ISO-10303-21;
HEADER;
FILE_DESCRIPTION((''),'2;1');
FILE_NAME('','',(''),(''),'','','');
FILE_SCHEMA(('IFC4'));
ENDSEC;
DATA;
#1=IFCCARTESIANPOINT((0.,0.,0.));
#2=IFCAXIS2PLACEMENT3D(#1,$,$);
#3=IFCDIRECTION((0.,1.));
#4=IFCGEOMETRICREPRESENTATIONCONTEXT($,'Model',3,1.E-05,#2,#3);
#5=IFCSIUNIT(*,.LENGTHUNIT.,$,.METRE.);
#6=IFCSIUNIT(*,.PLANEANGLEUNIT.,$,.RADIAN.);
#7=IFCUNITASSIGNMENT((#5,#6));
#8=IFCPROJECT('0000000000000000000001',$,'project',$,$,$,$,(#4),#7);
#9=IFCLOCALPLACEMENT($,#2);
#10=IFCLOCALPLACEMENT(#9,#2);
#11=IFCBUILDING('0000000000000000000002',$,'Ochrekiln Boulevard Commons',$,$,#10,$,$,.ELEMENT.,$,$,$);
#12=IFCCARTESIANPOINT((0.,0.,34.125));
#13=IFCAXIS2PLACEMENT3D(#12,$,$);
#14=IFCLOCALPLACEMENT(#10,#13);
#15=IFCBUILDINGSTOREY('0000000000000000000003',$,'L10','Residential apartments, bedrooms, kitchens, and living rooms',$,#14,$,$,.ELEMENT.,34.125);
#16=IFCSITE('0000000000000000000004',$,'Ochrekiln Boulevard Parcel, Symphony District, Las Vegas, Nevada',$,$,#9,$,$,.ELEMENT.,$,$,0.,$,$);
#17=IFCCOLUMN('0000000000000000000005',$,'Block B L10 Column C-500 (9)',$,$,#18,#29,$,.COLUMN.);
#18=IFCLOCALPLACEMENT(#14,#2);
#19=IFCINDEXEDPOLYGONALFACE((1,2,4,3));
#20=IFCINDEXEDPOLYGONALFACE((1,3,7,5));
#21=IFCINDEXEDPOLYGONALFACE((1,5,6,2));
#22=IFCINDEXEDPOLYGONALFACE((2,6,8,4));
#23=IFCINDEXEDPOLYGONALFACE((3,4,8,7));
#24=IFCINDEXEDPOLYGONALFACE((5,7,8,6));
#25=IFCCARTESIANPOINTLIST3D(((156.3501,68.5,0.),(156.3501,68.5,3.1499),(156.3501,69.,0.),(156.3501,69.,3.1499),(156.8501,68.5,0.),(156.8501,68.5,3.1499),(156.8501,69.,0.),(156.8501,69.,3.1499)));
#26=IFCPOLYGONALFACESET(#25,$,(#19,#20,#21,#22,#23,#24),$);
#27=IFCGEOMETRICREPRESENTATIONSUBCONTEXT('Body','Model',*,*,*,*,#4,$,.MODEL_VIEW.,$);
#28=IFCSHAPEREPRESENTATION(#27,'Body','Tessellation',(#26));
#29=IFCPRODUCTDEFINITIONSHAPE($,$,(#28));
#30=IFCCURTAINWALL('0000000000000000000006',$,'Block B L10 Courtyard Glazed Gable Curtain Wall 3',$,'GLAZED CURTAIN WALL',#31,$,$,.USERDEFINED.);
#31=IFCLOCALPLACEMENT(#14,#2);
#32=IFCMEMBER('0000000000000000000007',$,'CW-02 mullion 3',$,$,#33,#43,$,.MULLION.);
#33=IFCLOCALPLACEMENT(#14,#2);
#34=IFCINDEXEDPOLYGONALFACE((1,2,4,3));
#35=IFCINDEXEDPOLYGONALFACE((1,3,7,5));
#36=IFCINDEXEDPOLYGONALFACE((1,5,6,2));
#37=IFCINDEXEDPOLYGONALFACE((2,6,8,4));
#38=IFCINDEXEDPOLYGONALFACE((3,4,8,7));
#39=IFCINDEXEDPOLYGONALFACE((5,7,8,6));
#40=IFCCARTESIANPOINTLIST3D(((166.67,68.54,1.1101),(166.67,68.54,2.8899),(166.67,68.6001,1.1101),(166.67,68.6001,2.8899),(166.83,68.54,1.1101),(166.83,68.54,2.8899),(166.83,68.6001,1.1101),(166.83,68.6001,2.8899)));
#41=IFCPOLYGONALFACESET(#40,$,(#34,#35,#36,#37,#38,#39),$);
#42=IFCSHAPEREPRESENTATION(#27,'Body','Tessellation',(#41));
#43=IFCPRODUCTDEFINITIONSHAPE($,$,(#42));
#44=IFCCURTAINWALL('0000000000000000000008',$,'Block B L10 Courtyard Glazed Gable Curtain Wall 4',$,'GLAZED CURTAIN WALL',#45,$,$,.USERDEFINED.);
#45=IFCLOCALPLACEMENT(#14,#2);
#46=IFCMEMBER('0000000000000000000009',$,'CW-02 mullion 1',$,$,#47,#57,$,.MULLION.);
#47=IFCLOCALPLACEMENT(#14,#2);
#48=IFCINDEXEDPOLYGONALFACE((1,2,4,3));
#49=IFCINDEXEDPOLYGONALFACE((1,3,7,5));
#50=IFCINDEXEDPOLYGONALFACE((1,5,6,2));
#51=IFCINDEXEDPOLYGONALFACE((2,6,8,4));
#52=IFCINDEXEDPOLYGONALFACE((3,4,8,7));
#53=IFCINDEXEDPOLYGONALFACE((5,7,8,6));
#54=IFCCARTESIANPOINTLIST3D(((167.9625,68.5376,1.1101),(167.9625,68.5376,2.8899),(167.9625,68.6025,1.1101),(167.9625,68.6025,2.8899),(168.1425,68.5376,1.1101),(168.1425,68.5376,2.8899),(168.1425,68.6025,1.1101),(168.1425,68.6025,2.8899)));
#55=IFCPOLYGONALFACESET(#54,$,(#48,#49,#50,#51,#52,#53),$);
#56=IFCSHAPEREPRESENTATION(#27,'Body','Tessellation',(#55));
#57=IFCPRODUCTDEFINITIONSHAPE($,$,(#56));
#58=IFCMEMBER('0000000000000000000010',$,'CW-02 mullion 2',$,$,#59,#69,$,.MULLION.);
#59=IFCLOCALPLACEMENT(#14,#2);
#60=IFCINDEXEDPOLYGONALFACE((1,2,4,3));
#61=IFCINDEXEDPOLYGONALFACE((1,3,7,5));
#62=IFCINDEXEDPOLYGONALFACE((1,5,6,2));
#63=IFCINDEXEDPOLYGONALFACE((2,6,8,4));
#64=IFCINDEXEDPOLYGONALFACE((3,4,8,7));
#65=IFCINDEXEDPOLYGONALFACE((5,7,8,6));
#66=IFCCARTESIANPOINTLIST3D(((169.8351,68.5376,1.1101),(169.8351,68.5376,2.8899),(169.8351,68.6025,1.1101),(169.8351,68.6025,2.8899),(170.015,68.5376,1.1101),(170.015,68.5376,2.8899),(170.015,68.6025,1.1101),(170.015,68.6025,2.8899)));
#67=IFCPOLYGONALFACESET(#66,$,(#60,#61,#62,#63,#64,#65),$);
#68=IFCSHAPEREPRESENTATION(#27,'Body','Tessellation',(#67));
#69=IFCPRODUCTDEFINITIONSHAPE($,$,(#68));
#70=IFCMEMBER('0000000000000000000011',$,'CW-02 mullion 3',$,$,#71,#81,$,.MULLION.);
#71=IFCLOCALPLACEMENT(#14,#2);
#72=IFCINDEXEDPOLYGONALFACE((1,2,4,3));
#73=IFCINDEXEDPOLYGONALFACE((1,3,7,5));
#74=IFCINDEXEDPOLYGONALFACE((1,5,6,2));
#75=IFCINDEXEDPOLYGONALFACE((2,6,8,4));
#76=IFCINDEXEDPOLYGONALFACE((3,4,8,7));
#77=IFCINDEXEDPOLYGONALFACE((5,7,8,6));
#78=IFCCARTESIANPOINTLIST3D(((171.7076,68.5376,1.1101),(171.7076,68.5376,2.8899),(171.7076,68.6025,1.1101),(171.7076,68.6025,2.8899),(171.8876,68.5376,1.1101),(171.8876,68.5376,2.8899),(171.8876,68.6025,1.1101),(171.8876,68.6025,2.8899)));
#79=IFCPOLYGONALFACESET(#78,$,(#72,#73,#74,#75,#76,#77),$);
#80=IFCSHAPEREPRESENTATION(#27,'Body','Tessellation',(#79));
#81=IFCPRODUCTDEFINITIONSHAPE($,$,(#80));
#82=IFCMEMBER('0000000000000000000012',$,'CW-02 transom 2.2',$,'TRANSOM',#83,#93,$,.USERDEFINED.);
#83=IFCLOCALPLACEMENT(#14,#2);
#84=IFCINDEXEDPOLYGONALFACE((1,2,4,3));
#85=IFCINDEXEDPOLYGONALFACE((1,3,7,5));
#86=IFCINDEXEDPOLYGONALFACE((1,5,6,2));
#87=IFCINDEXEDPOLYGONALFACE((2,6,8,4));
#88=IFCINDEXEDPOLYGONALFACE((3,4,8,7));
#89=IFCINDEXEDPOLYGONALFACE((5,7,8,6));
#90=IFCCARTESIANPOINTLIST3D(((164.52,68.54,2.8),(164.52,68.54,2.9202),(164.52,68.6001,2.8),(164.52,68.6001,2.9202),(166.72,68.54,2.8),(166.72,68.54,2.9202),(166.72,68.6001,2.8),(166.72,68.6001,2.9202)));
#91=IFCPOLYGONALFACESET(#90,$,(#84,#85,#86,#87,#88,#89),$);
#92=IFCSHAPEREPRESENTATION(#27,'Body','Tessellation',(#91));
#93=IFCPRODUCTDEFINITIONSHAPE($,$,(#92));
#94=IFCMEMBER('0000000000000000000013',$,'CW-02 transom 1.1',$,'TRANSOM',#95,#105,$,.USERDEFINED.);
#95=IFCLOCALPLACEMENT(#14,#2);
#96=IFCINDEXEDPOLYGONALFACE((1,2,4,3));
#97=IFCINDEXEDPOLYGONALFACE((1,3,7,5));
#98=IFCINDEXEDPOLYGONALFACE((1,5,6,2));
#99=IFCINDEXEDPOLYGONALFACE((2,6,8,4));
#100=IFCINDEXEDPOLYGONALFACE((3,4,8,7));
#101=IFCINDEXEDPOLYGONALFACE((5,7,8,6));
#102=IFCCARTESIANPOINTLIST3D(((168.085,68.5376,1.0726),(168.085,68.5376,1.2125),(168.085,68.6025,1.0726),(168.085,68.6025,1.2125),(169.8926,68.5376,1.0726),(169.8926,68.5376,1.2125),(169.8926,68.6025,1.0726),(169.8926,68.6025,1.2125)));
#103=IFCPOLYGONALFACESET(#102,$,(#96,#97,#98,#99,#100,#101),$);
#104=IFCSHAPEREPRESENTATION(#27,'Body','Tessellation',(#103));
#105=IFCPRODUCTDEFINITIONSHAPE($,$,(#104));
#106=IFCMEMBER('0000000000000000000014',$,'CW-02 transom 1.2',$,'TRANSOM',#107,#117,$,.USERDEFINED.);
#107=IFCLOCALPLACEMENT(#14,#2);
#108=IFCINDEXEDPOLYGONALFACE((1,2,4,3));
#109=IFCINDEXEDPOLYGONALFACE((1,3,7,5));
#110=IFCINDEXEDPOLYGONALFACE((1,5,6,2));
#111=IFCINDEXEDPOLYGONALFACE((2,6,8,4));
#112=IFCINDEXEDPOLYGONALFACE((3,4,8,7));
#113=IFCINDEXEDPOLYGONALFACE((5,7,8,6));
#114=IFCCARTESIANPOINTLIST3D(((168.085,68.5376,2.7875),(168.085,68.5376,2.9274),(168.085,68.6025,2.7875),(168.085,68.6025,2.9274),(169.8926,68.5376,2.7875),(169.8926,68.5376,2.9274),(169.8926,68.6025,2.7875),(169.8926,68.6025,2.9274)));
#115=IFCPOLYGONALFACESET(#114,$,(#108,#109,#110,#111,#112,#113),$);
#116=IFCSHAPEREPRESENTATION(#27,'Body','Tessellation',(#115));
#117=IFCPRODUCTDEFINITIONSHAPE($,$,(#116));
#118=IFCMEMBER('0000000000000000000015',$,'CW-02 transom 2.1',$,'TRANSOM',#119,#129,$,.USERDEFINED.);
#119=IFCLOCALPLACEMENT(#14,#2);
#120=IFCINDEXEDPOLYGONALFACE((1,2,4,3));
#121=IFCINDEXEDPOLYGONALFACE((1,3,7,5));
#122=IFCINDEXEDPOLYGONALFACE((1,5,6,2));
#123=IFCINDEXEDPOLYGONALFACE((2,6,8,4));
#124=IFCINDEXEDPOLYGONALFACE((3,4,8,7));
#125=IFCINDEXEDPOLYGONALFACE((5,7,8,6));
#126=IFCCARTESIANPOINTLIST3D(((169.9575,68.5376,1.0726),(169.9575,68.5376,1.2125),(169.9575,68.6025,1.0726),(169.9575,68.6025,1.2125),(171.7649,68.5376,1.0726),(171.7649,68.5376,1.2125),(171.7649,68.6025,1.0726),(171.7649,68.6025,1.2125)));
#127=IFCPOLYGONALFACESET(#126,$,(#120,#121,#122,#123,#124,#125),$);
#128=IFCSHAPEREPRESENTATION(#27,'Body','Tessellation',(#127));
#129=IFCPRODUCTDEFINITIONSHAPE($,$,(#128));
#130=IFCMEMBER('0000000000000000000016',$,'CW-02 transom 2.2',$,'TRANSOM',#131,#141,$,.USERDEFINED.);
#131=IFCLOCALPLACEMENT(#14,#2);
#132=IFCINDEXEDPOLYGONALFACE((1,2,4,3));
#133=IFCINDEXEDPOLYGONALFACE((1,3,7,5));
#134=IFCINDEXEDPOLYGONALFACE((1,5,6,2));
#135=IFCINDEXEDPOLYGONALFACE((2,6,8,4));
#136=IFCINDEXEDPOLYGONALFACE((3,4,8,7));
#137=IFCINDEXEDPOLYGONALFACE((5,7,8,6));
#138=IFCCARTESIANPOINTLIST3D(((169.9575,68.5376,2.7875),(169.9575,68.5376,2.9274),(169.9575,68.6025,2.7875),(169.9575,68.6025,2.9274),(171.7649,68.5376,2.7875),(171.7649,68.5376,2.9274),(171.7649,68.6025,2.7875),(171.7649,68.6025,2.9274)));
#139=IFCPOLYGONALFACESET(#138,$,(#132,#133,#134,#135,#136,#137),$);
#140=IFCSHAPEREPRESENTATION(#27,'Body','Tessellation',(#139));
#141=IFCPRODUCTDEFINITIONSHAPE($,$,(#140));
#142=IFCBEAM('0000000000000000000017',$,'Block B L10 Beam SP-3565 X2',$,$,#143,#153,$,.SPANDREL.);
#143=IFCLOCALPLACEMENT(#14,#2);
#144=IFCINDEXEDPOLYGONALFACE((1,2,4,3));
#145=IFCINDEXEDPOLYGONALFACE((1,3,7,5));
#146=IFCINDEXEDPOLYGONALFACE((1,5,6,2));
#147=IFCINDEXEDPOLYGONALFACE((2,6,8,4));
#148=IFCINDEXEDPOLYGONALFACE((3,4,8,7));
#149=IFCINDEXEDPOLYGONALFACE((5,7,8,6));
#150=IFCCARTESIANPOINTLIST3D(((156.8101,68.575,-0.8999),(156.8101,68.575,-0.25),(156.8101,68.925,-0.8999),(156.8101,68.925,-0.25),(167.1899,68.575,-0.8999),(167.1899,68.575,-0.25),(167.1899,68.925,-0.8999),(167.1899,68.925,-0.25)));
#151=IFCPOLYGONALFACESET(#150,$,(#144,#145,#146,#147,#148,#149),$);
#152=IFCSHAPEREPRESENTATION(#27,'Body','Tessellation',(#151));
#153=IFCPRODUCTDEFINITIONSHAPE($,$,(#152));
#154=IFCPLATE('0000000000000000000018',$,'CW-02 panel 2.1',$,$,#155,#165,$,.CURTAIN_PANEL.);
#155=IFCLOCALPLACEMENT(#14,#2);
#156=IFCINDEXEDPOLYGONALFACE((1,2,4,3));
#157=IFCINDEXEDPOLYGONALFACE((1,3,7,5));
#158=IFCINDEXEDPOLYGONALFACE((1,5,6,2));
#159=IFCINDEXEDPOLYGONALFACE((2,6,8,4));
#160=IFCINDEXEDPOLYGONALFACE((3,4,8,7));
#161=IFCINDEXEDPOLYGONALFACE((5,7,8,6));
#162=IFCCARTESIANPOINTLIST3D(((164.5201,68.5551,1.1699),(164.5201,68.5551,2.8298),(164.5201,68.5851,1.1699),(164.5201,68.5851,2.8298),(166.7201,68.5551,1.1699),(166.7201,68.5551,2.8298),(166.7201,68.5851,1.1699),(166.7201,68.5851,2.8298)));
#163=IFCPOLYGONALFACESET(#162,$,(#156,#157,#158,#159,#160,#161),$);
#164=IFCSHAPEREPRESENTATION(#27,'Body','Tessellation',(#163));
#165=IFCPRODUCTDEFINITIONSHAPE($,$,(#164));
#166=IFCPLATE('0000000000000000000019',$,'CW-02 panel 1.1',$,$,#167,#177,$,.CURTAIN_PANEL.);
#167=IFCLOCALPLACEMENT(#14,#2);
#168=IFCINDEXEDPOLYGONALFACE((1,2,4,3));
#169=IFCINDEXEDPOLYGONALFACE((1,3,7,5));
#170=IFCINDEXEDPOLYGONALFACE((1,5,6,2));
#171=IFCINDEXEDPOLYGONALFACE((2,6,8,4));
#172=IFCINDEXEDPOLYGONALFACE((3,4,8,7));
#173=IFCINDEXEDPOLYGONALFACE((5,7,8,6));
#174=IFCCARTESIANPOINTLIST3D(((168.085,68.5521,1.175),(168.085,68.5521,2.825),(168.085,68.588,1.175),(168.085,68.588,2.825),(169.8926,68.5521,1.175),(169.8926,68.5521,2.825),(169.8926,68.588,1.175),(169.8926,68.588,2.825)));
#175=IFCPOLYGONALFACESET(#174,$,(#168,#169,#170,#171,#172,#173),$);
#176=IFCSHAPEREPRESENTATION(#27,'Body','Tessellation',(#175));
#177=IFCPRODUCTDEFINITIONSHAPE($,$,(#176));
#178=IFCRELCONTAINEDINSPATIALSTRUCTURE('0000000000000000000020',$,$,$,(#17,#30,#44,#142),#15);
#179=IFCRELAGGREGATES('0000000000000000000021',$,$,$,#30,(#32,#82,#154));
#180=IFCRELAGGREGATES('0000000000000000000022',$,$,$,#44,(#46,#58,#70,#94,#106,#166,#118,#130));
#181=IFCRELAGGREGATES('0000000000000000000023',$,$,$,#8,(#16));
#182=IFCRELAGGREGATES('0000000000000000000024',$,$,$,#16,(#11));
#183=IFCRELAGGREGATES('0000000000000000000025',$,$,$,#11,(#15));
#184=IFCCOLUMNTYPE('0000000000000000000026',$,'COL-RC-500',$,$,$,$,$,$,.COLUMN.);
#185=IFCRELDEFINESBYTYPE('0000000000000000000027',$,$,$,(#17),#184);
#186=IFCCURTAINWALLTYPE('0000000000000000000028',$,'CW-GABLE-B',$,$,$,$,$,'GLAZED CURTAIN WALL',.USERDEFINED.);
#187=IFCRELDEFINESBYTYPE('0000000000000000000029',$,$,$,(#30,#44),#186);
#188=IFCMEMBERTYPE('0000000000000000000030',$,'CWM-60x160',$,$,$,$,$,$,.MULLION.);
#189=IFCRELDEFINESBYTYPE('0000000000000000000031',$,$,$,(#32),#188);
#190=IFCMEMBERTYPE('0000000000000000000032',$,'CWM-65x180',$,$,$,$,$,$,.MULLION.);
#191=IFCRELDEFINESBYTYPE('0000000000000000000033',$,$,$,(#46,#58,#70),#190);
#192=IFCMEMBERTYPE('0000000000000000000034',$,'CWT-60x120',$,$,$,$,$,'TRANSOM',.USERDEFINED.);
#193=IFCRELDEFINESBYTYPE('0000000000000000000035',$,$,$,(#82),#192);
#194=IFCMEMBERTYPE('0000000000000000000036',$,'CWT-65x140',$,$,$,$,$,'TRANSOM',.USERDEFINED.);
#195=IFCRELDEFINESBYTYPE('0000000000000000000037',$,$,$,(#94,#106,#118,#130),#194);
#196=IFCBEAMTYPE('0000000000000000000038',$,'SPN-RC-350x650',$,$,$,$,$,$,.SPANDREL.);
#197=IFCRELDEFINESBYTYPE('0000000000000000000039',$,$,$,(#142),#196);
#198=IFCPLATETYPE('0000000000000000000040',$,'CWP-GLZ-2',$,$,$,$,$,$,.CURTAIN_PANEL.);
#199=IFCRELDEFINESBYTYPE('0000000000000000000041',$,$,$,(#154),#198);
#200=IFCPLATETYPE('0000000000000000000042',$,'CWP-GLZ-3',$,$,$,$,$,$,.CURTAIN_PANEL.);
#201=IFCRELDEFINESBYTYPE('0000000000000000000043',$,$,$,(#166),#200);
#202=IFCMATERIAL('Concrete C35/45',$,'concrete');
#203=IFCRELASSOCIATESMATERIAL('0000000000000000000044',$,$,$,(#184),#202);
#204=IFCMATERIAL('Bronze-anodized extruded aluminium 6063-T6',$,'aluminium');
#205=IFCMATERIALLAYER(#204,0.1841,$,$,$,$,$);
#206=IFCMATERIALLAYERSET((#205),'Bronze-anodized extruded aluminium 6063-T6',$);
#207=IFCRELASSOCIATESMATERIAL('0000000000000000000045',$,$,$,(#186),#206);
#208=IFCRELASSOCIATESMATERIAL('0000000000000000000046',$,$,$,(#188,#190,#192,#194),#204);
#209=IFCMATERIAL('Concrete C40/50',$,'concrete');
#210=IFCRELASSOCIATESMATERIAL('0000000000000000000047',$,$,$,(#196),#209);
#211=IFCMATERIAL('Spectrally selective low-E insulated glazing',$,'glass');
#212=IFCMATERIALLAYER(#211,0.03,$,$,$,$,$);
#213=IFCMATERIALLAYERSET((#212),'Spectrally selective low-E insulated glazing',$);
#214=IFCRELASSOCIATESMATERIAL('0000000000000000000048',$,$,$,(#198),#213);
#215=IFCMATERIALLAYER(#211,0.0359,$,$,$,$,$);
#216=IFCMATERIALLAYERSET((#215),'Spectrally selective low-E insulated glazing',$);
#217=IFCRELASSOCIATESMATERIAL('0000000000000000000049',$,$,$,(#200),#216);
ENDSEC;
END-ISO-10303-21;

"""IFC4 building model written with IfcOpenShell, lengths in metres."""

from ifc_helpers import new_model, si_unit, direction, frame, origin, origin_2d, place, context, subcontext, project, spatial, rectangle, extrude, material, layer, layer_set, material_profile, profile_set, type_object, element, aggregate, save


model = new_model("IFC4")

# Units and contexts
model_context = context("Model", 3, precision=1e-05, world=origin(), true_north=direction((0.0, 1.0)))
body_context = subcontext(model_context, "Body", "Model", "MODEL_VIEW")
ifc_project = project(units=[si_unit("LENGTHUNIT", "METRE"), si_unit("PLANEANGLEUNIT", "RADIAN")], contexts=[model_context])

# Site, building, storey
site_placement = place(None, origin())
site = spatial("IfcSite", under=ifc_project, at=site_placement, Name="Ochrekiln Boulevard Parcel, Symphony District, Las Vegas, Nevada", CompositionType="ELEMENT", RefElevation=0.0)
building_placement = place(site_placement, origin())
building = spatial("IfcBuilding", under=site, at=building_placement, Name="Ochrekiln Boulevard Commons", CompositionType="ELEMENT")
storey_placement = place(building_placement, frame((0.0, 0.0, 34.125)))
storey = spatial("IfcBuildingStorey", under=building, at=storey_placement, Name="L10", Description="Residential apartments, bedrooms, kitchens, and living rooms", CompositionType="ELEMENT", Elevation=34.125)

# Column
ifc_material_1 = material(Name="Concrete C35/45", Category="concrete")
ifc_material_profile_1 = material_profile(ifc_material_1, rectangle(XDim=0.5, YDim=0.5, at=origin_2d()), Name="RC-COL-500x500")
ifc_profile_set_1 = profile_set([ifc_material_profile_1], Name="Concrete C35/45")
column_type = type_object("IfcColumnType", Name="COL-RC-500", PredefinedType="COLUMN", material=ifc_profile_set_1)
column_placement = place(storey_placement, frame((156.6001, 68.75, 0.0), z_axis=(0.0, 0.0, 1.0), x_axis=(1.0, 0.0, 0.0)))
element("IfcColumn", 1, at=column_placement, inside=storey, type_object=column_type, Name="Block B L10 Column C-500 (9)", PredefinedType="COLUMN", context=body_context, shape_type="SweptSolid", body=[
    extrude(rectangle(XDim=0.5, YDim=0.5, at=origin_2d()), origin(), (0.0, 0.0, 1.0), 3.1499),
])

# Curtain wall, member
ifc_material_2 = material(Name="Bronze-anodized extruded aluminium 6063-T6", Category="aluminium")
ifc_layer_1 = layer(ifc_material_2, 0.1841)
ifc_layer_set_1 = layer_set([ifc_layer_1], Name="Bronze-anodized extruded aluminium 6063-T6")
curtain_wall_type = type_object("IfcCurtainWallType", Name="CW-GABLE-B", ElementType="GLAZED CURTAIN WALL", PredefinedType="USERDEFINED", material=ifc_layer_set_1)
curtain_wall_1_placement = place(storey_placement, origin())
curtain_wall_1 = element("IfcCurtainWall", 2, at=curtain_wall_1_placement, inside=storey, type_object=curtain_wall_type, Name="Block B L10 Courtyard Glazed Gable Curtain Wall 3", ObjectType="GLAZED CURTAIN WALL", PredefinedType="USERDEFINED")
ifc_material_profile_2 = material_profile(ifc_material_2, rectangle(XDim=0.0601, YDim=0.1599, at=origin_2d()), Name="ALU-MUL-60x160")
ifc_profile_set_2 = profile_set([ifc_material_profile_2], Name="Bronze-anodized extruded aluminium 6063-T6")
member_type_1 = type_object("IfcMemberType", Name="CWM-60x160", PredefinedType="MULLION", material=ifc_profile_set_2)
member_1_placement = place(storey_placement, frame((166.75, 68.5701, 1.1101), z_axis=(0.0, 0.0, 1.0), x_axis=(0.0, 1.0, 0.0)))
member_1 = element("IfcMember", 3, at=member_1_placement, type_object=member_type_1, Name="CW-02 mullion 3", PredefinedType="MULLION", context=body_context, shape_type="SweptSolid", body=[
    extrude(rectangle(XDim=0.0601, YDim=0.1599, at=origin_2d()), origin(), (0.0, 0.0, 1.0), 1.7798),
])

# Curtain wall, members
curtain_wall_2_placement = place(storey_placement, origin())
curtain_wall_2 = element("IfcCurtainWall", 4, at=curtain_wall_2_placement, inside=storey, type_object=curtain_wall_type, Name="Block B L10 Courtyard Glazed Gable Curtain Wall 4", ObjectType="GLAZED CURTAIN WALL", PredefinedType="USERDEFINED")
ifc_material_profile_3 = material_profile(ifc_material_2, rectangle(XDim=0.0649, YDim=0.1799, at=origin_2d()), Name="ALU-MUL-65x180")
ifc_profile_set_3 = profile_set([ifc_material_profile_3], Name="Bronze-anodized extruded aluminium 6063-T6")
member_type_2 = type_object("IfcMemberType", Name="CWM-65x180", PredefinedType="MULLION", material=ifc_profile_set_3)
member_2_placement = place(storey_placement, frame((168.0525, 68.5701, 1.1101), z_axis=(0.0, 0.0, 1.0), x_axis=(0.0, 1.0, 0.0)))
member_2 = element("IfcMember", 5, at=member_2_placement, type_object=member_type_2, Name="CW-02 mullion 1", PredefinedType="MULLION", context=body_context, shape_type="SweptSolid", body=[
    extrude(rectangle(XDim=0.0649, YDim=0.1799, at=origin_2d()), origin(), (0.0, 0.0, 1.0), 1.7798),
])
member_3_placement = place(storey_placement, frame((169.925, 68.5701, 1.1101), z_axis=(0.0, 0.0, 1.0), x_axis=(0.0, 1.0, 0.0)))
member_3 = element("IfcMember", 6, at=member_3_placement, type_object=member_type_2, Name="CW-02 mullion 2", PredefinedType="MULLION", context=body_context, shape_type="SweptSolid", body=[
    extrude(rectangle(XDim=0.0649, YDim=0.1799, at=origin_2d()), origin(), (0.0, 0.0, 1.0), 1.7798),
])
member_4_placement = place(storey_placement, frame((171.7976, 68.5701, 1.1101), z_axis=(0.0, 0.0, 1.0), x_axis=(0.0, 1.0, 0.0)))
member_4 = element("IfcMember", 7, at=member_4_placement, type_object=member_type_2, Name="CW-02 mullion 3", PredefinedType="MULLION", context=body_context, shape_type="SweptSolid", body=[
    extrude(rectangle(XDim=0.0649, YDim=0.1799, at=origin_2d()), origin(), (0.0, 0.0, 1.0), 1.7798),
])

# Members
ifc_material_profile_4 = material_profile(ifc_material_2, rectangle(XDim=0.0601, YDim=0.1201, at=origin_2d()), Name="ALU-TRN-60x120")
ifc_profile_set_4 = profile_set([ifc_material_profile_4], Name="Bronze-anodized extruded aluminium 6063-T6")
member_type_3 = type_object("IfcMemberType", Name="CWT-60x120", ElementType="TRANSOM", PredefinedType="USERDEFINED", material=ifc_profile_set_4)
member_5_placement = place(storey_placement, frame((164.52, 68.5701, 2.8601), z_axis=(1.0, 0.0, 0.0), x_axis=(0.0, 1.0, 0.0)))
member_5 = element("IfcMember", 8, at=member_5_placement, type_object=member_type_3, Name="CW-02 transom 2.2", ObjectType="TRANSOM", PredefinedType="USERDEFINED", context=body_context, shape_type="SweptSolid", body=[
    extrude(rectangle(XDim=0.0601, YDim=0.1201, at=origin_2d()), origin(), (0.0, 0.0, 1.0), 2.2),
])
ifc_material_profile_5 = material_profile(ifc_material_2, rectangle(XDim=0.0649, YDim=0.1399, at=origin_2d()), Name="ALU-TRN-65x140")
ifc_profile_set_5 = profile_set([ifc_material_profile_5], Name="Bronze-anodized extruded aluminium 6063-T6")
member_type_4 = type_object("IfcMemberType", Name="CWT-65x140", ElementType="TRANSOM", PredefinedType="USERDEFINED", material=ifc_profile_set_5)
member_6_placement = place(storey_placement, frame((168.085, 68.5701, 1.1426), z_axis=(1.0, 0.0, 0.0), x_axis=(0.0, 1.0, 0.0)))
member_6 = element("IfcMember", 9, at=member_6_placement, type_object=member_type_4, Name="CW-02 transom 1.1", ObjectType="TRANSOM", PredefinedType="USERDEFINED", context=body_context, shape_type="SweptSolid", body=[
    extrude(rectangle(XDim=0.0649, YDim=0.1399, at=origin_2d()), origin(), (0.0, 0.0, 1.0), 1.8076),
])
member_7_placement = place(storey_placement, frame((168.085, 68.5701, 2.8574), z_axis=(1.0, 0.0, 0.0), x_axis=(0.0, 1.0, 0.0)))
member_7 = element("IfcMember", 10, at=member_7_placement, type_object=member_type_4, Name="CW-02 transom 1.2", ObjectType="TRANSOM", PredefinedType="USERDEFINED", context=body_context, shape_type="SweptSolid", body=[
    extrude(rectangle(XDim=0.0649, YDim=0.1399, at=origin_2d()), origin(), (0.0, 0.0, 1.0), 1.8076),
])
member_8_placement = place(storey_placement, frame((169.9575, 68.5701, 1.1426), z_axis=(1.0, 0.0, 0.0), x_axis=(0.0, 1.0, 0.0)))
member_8 = element("IfcMember", 11, at=member_8_placement, type_object=member_type_4, Name="CW-02 transom 2.1", ObjectType="TRANSOM", PredefinedType="USERDEFINED", context=body_context, shape_type="SweptSolid", body=[
    extrude(rectangle(XDim=0.0649, YDim=0.1399, at=origin_2d()), origin(), (0.0, 0.0, 1.0), 1.8074),
])
member_9_placement = place(storey_placement, frame((169.9575, 68.5701, 2.8574), z_axis=(1.0, 0.0, 0.0), x_axis=(0.0, 1.0, 0.0)))
member_9 = element("IfcMember", 12, at=member_9_placement, type_object=member_type_4, Name="CW-02 transom 2.2", ObjectType="TRANSOM", PredefinedType="USERDEFINED", context=body_context, shape_type="SweptSolid", body=[
    extrude(rectangle(XDim=0.0649, YDim=0.1399, at=origin_2d()), origin(), (0.0, 0.0, 1.0), 1.8074),
])

# Beam
ifc_material_3 = material(Name="Concrete C40/50", Category="concrete")
ifc_material_profile_6 = material_profile(ifc_material_3, rectangle(XDim=0.3501, YDim=0.6499, at=origin_2d()), Name="RC-SPN-350x650")
ifc_profile_set_6 = profile_set([ifc_material_profile_6], Name="Concrete C40/50")
beam_type = type_object("IfcBeamType", Name="SPN-RC-350x650", PredefinedType="SPANDREL", material=ifc_profile_set_6)
beam_placement = place(storey_placement, frame((156.8101, 68.75, -0.575), z_axis=(1.0, 0.0, 0.0), x_axis=(0.0, 1.0, 0.0)))
element("IfcBeam", 13, at=beam_placement, inside=storey, type_object=beam_type, Name="Block B L10 Beam SP-3565 X2", PredefinedType="SPANDREL", context=body_context, shape_type="SweptSolid", body=[
    extrude(rectangle(XDim=0.3501, YDim=0.6499, at=origin_2d()), origin(), (0.0, 0.0, 1.0), 10.3799),
])

# Plates
ifc_material_4 = material(Name="Spectrally selective low-E insulated glazing", Category="glass")
ifc_layer_2 = layer(ifc_material_4, 0.03)
ifc_layer_set_2 = layer_set([ifc_layer_2], Name="Spectrally selective low-E insulated glazing")
plate_type_1 = type_object("IfcPlateType", Name="CWP-GLZ-2", PredefinedType="CURTAIN_PANEL", material=ifc_layer_set_2)
plate_1_placement = place(storey_placement, frame((165.6201, 68.5701, 1.1699), z_axis=(0.0, 0.0, 1.0), x_axis=(1.0, 0.0, 0.0)))
plate_1 = element("IfcPlate", 14, at=plate_1_placement, type_object=plate_type_1, Name="CW-02 panel 2.1", PredefinedType="CURTAIN_PANEL", context=body_context, shape_type="SweptSolid", body=[
    extrude(rectangle(XDim=2.2, YDim=0.03, at=origin_2d()), origin(), (0.0, 0.0, 1.0), 1.6599),
])
aggregate(curtain_wall_1, [member_1, member_5, plate_1])
ifc_layer_3 = layer(ifc_material_4, 0.0359)
ifc_layer_set_3 = layer_set([ifc_layer_3], Name="Spectrally selective low-E insulated glazing")
plate_type_2 = type_object("IfcPlateType", Name="CWP-GLZ-3", PredefinedType="CURTAIN_PANEL", material=ifc_layer_set_3)
plate_2_placement = place(storey_placement, frame((168.9888, 68.5701, 1.175), z_axis=(0.0, 0.0, 1.0), x_axis=(1.0, 0.0, 0.0)))
plate_2 = element("IfcPlate", 15, at=plate_2_placement, type_object=plate_type_2, Name="CW-02 panel 1.1", PredefinedType="CURTAIN_PANEL", context=body_context, shape_type="SweptSolid", body=[
    extrude(rectangle(XDim=1.8076, YDim=0.0359, at=origin_2d()), origin(), (0.0, 0.0, 1.0), 1.6499),
])
aggregate(curtain_wall_2, [member_2, member_3, member_4, member_6, member_7, plate_2, member_8, member_9])

save(model, "model.ifc")
